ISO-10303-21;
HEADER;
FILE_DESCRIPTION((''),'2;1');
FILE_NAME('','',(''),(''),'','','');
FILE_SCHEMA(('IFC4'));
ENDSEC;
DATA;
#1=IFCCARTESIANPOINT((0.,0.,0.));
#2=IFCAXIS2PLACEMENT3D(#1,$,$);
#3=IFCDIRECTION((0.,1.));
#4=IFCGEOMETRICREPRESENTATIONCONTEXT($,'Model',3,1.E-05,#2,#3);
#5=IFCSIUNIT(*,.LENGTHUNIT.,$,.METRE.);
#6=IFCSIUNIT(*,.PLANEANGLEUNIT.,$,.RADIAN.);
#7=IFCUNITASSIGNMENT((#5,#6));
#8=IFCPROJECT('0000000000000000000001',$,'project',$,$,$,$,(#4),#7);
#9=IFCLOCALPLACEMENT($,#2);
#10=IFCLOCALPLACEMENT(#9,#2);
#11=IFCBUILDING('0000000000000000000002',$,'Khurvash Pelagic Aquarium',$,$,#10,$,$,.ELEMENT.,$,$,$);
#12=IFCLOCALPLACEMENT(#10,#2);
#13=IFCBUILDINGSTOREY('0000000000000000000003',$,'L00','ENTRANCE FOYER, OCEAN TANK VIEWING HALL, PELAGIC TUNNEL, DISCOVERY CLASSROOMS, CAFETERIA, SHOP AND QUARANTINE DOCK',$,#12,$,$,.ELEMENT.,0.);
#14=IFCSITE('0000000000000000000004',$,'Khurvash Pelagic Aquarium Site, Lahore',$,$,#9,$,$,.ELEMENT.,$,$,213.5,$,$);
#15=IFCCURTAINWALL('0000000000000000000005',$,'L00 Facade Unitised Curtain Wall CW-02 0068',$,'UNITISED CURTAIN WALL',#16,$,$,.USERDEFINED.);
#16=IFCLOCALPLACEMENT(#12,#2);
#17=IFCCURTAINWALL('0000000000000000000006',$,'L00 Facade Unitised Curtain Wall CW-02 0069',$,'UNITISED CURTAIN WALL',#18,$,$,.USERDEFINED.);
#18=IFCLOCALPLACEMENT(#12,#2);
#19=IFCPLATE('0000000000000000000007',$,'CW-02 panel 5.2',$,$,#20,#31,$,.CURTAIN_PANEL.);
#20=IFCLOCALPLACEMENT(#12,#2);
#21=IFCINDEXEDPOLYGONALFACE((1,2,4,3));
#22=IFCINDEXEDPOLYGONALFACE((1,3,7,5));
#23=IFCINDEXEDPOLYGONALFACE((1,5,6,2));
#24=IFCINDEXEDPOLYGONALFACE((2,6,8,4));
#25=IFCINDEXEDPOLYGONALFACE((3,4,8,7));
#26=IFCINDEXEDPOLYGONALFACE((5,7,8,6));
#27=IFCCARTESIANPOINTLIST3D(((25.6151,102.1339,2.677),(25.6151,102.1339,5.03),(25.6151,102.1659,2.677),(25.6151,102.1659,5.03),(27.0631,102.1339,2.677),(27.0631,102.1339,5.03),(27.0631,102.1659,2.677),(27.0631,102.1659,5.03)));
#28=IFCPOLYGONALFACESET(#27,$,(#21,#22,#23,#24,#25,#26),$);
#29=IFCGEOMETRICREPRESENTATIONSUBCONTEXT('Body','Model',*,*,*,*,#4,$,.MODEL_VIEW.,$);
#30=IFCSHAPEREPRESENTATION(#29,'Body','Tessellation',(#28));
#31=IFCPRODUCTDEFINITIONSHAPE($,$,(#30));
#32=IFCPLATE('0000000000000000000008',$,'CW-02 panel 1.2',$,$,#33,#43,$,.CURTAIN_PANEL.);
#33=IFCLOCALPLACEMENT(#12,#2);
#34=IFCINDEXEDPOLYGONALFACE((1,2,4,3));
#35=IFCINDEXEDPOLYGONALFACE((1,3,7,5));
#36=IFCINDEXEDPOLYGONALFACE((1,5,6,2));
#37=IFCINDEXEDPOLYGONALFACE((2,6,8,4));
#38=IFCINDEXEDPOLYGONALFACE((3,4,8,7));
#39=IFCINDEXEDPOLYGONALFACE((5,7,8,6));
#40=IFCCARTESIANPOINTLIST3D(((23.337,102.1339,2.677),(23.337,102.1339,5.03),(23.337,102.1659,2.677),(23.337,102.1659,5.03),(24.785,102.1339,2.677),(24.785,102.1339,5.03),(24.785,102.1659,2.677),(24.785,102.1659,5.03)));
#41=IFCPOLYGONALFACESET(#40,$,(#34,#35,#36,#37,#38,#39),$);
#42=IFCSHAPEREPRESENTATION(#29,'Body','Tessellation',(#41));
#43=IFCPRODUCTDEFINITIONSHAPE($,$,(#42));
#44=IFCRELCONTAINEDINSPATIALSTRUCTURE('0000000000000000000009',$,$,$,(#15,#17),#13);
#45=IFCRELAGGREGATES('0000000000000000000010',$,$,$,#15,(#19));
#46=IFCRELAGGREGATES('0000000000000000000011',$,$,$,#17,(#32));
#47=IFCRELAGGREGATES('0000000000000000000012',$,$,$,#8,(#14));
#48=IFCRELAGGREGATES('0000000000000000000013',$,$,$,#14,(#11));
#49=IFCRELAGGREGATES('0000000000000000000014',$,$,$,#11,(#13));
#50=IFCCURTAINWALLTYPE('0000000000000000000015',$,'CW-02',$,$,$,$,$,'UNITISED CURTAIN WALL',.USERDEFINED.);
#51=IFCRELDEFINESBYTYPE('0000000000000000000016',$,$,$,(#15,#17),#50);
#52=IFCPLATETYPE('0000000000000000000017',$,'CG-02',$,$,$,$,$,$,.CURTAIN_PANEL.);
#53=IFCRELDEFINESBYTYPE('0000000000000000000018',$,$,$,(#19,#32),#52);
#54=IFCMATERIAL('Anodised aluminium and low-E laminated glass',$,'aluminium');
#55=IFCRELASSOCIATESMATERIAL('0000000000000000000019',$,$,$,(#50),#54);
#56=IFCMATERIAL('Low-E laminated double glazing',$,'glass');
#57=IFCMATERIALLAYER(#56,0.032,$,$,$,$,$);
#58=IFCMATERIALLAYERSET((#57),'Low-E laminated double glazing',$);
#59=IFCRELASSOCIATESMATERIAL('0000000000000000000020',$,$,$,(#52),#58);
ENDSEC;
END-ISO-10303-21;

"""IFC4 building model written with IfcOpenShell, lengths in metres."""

from ifc_helpers import new_model, si_unit, direction, frame, origin, origin_2d, place, context, subcontext, project, spatial, rectangle, extrude, material, layer, layer_set, type_object, element, aggregate, save


model = new_model("IFC4")

# Units and contexts
model_context = context("Model", 3, precision=1e-05, world=origin(), true_north=direction((0.0, 1.0)))
body_context = subcontext(model_context, "Body", "Model", "MODEL_VIEW")
ifc_project = project(units=[si_unit("LENGTHUNIT", "METRE"), si_unit("PLANEANGLEUNIT", "RADIAN")], contexts=[model_context])

# Site, building, storey
site_placement = place(None, origin())
site = spatial("IfcSite", under=ifc_project, at=site_placement, Name="Khurvash Pelagic Aquarium Site, Lahore", CompositionType="ELEMENT", RefElevation=213.5)
building_placement = place(site_placement, origin())
building = spatial("IfcBuilding", under=site, at=building_placement, Name="Khurvash Pelagic Aquarium", CompositionType="ELEMENT")
storey_placement = place(building_placement, origin())
storey = spatial("IfcBuildingStorey", under=building, at=storey_placement, Name="L00", Description="ENTRANCE FOYER, OCEAN TANK VIEWING HALL, PELAGIC TUNNEL, DISCOVERY CLASSROOMS, CAFETERIA, SHOP AND QUARANTINE DOCK", CompositionType="ELEMENT", Elevation=0.0)

# Curtain wall
ifc_material_1 = material(Name="Anodised aluminium and low-E laminated glass", Category="aluminium")
curtain_wall_type = type_object("IfcCurtainWallType", Name="CW-02", ElementType="UNITISED CURTAIN WALL", PredefinedType="USERDEFINED", material=ifc_material_1)
curtain_wall_1_placement = place(storey_placement, origin())
curtain_wall_1 = element("IfcCurtainWall", 1, at=curtain_wall_1_placement, inside=storey, type_object=curtain_wall_type, Name="L00 Facade Unitised Curtain Wall CW-02 0068", ObjectType="UNITISED CURTAIN WALL", PredefinedType="USERDEFINED")

# Curtain wall
curtain_wall_2_placement = place(storey_placement, origin())
curtain_wall_2 = element("IfcCurtainWall", 2, at=curtain_wall_2_placement, inside=storey, type_object=curtain_wall_type, Name="L00 Facade Unitised Curtain Wall CW-02 0069", ObjectType="UNITISED CURTAIN WALL", PredefinedType="USERDEFINED")

# Plates
ifc_material_2 = material(Name="Low-E laminated double glazing", Category="glass")
ifc_layer = layer(ifc_material_2, 0.032)
ifc_layer_set = layer_set([ifc_layer], Name="Low-E laminated double glazing")
plate_type = type_object("IfcPlateType", Name="CG-02", PredefinedType="CURTAIN_PANEL", material=ifc_layer_set)
plate_1_placement = place(storey_placement, frame((26.3391, 102.1499, 2.677), z_axis=(0.0, 0.0, 1.0), x_axis=(-1.0, 0.0, 0.0)))
plate_1 = element("IfcPlate", 3, at=plate_1_placement, type_object=plate_type, Name="CW-02 panel 5.2", PredefinedType="CURTAIN_PANEL", context=body_context, shape_type="SweptSolid", body=[
    extrude(rectangle(XDim=1.448, YDim=0.032, at=origin_2d()), origin(), (0.0, 0.0, 1.0), 2.353),
])
aggregate(curtain_wall_1, [plate_1])
plate_2_placement = place(storey_placement, frame((24.061, 102.1499, 2.677), z_axis=(0.0, 0.0, 1.0), x_axis=(-1.0, 0.0, 0.0)))
plate_2 = element("IfcPlate", 4, at=plate_2_placement, type_object=plate_type, Name="CW-02 panel 1.2", PredefinedType="CURTAIN_PANEL", context=body_context, shape_type="SweptSolid", body=[
    extrude(rectangle(XDim=1.448, YDim=0.032, at=origin_2d()), origin(), (0.0, 0.0, 1.0), 2.353),
])
aggregate(curtain_wall_2, [plate_2])

save(model, "model.ifc")
